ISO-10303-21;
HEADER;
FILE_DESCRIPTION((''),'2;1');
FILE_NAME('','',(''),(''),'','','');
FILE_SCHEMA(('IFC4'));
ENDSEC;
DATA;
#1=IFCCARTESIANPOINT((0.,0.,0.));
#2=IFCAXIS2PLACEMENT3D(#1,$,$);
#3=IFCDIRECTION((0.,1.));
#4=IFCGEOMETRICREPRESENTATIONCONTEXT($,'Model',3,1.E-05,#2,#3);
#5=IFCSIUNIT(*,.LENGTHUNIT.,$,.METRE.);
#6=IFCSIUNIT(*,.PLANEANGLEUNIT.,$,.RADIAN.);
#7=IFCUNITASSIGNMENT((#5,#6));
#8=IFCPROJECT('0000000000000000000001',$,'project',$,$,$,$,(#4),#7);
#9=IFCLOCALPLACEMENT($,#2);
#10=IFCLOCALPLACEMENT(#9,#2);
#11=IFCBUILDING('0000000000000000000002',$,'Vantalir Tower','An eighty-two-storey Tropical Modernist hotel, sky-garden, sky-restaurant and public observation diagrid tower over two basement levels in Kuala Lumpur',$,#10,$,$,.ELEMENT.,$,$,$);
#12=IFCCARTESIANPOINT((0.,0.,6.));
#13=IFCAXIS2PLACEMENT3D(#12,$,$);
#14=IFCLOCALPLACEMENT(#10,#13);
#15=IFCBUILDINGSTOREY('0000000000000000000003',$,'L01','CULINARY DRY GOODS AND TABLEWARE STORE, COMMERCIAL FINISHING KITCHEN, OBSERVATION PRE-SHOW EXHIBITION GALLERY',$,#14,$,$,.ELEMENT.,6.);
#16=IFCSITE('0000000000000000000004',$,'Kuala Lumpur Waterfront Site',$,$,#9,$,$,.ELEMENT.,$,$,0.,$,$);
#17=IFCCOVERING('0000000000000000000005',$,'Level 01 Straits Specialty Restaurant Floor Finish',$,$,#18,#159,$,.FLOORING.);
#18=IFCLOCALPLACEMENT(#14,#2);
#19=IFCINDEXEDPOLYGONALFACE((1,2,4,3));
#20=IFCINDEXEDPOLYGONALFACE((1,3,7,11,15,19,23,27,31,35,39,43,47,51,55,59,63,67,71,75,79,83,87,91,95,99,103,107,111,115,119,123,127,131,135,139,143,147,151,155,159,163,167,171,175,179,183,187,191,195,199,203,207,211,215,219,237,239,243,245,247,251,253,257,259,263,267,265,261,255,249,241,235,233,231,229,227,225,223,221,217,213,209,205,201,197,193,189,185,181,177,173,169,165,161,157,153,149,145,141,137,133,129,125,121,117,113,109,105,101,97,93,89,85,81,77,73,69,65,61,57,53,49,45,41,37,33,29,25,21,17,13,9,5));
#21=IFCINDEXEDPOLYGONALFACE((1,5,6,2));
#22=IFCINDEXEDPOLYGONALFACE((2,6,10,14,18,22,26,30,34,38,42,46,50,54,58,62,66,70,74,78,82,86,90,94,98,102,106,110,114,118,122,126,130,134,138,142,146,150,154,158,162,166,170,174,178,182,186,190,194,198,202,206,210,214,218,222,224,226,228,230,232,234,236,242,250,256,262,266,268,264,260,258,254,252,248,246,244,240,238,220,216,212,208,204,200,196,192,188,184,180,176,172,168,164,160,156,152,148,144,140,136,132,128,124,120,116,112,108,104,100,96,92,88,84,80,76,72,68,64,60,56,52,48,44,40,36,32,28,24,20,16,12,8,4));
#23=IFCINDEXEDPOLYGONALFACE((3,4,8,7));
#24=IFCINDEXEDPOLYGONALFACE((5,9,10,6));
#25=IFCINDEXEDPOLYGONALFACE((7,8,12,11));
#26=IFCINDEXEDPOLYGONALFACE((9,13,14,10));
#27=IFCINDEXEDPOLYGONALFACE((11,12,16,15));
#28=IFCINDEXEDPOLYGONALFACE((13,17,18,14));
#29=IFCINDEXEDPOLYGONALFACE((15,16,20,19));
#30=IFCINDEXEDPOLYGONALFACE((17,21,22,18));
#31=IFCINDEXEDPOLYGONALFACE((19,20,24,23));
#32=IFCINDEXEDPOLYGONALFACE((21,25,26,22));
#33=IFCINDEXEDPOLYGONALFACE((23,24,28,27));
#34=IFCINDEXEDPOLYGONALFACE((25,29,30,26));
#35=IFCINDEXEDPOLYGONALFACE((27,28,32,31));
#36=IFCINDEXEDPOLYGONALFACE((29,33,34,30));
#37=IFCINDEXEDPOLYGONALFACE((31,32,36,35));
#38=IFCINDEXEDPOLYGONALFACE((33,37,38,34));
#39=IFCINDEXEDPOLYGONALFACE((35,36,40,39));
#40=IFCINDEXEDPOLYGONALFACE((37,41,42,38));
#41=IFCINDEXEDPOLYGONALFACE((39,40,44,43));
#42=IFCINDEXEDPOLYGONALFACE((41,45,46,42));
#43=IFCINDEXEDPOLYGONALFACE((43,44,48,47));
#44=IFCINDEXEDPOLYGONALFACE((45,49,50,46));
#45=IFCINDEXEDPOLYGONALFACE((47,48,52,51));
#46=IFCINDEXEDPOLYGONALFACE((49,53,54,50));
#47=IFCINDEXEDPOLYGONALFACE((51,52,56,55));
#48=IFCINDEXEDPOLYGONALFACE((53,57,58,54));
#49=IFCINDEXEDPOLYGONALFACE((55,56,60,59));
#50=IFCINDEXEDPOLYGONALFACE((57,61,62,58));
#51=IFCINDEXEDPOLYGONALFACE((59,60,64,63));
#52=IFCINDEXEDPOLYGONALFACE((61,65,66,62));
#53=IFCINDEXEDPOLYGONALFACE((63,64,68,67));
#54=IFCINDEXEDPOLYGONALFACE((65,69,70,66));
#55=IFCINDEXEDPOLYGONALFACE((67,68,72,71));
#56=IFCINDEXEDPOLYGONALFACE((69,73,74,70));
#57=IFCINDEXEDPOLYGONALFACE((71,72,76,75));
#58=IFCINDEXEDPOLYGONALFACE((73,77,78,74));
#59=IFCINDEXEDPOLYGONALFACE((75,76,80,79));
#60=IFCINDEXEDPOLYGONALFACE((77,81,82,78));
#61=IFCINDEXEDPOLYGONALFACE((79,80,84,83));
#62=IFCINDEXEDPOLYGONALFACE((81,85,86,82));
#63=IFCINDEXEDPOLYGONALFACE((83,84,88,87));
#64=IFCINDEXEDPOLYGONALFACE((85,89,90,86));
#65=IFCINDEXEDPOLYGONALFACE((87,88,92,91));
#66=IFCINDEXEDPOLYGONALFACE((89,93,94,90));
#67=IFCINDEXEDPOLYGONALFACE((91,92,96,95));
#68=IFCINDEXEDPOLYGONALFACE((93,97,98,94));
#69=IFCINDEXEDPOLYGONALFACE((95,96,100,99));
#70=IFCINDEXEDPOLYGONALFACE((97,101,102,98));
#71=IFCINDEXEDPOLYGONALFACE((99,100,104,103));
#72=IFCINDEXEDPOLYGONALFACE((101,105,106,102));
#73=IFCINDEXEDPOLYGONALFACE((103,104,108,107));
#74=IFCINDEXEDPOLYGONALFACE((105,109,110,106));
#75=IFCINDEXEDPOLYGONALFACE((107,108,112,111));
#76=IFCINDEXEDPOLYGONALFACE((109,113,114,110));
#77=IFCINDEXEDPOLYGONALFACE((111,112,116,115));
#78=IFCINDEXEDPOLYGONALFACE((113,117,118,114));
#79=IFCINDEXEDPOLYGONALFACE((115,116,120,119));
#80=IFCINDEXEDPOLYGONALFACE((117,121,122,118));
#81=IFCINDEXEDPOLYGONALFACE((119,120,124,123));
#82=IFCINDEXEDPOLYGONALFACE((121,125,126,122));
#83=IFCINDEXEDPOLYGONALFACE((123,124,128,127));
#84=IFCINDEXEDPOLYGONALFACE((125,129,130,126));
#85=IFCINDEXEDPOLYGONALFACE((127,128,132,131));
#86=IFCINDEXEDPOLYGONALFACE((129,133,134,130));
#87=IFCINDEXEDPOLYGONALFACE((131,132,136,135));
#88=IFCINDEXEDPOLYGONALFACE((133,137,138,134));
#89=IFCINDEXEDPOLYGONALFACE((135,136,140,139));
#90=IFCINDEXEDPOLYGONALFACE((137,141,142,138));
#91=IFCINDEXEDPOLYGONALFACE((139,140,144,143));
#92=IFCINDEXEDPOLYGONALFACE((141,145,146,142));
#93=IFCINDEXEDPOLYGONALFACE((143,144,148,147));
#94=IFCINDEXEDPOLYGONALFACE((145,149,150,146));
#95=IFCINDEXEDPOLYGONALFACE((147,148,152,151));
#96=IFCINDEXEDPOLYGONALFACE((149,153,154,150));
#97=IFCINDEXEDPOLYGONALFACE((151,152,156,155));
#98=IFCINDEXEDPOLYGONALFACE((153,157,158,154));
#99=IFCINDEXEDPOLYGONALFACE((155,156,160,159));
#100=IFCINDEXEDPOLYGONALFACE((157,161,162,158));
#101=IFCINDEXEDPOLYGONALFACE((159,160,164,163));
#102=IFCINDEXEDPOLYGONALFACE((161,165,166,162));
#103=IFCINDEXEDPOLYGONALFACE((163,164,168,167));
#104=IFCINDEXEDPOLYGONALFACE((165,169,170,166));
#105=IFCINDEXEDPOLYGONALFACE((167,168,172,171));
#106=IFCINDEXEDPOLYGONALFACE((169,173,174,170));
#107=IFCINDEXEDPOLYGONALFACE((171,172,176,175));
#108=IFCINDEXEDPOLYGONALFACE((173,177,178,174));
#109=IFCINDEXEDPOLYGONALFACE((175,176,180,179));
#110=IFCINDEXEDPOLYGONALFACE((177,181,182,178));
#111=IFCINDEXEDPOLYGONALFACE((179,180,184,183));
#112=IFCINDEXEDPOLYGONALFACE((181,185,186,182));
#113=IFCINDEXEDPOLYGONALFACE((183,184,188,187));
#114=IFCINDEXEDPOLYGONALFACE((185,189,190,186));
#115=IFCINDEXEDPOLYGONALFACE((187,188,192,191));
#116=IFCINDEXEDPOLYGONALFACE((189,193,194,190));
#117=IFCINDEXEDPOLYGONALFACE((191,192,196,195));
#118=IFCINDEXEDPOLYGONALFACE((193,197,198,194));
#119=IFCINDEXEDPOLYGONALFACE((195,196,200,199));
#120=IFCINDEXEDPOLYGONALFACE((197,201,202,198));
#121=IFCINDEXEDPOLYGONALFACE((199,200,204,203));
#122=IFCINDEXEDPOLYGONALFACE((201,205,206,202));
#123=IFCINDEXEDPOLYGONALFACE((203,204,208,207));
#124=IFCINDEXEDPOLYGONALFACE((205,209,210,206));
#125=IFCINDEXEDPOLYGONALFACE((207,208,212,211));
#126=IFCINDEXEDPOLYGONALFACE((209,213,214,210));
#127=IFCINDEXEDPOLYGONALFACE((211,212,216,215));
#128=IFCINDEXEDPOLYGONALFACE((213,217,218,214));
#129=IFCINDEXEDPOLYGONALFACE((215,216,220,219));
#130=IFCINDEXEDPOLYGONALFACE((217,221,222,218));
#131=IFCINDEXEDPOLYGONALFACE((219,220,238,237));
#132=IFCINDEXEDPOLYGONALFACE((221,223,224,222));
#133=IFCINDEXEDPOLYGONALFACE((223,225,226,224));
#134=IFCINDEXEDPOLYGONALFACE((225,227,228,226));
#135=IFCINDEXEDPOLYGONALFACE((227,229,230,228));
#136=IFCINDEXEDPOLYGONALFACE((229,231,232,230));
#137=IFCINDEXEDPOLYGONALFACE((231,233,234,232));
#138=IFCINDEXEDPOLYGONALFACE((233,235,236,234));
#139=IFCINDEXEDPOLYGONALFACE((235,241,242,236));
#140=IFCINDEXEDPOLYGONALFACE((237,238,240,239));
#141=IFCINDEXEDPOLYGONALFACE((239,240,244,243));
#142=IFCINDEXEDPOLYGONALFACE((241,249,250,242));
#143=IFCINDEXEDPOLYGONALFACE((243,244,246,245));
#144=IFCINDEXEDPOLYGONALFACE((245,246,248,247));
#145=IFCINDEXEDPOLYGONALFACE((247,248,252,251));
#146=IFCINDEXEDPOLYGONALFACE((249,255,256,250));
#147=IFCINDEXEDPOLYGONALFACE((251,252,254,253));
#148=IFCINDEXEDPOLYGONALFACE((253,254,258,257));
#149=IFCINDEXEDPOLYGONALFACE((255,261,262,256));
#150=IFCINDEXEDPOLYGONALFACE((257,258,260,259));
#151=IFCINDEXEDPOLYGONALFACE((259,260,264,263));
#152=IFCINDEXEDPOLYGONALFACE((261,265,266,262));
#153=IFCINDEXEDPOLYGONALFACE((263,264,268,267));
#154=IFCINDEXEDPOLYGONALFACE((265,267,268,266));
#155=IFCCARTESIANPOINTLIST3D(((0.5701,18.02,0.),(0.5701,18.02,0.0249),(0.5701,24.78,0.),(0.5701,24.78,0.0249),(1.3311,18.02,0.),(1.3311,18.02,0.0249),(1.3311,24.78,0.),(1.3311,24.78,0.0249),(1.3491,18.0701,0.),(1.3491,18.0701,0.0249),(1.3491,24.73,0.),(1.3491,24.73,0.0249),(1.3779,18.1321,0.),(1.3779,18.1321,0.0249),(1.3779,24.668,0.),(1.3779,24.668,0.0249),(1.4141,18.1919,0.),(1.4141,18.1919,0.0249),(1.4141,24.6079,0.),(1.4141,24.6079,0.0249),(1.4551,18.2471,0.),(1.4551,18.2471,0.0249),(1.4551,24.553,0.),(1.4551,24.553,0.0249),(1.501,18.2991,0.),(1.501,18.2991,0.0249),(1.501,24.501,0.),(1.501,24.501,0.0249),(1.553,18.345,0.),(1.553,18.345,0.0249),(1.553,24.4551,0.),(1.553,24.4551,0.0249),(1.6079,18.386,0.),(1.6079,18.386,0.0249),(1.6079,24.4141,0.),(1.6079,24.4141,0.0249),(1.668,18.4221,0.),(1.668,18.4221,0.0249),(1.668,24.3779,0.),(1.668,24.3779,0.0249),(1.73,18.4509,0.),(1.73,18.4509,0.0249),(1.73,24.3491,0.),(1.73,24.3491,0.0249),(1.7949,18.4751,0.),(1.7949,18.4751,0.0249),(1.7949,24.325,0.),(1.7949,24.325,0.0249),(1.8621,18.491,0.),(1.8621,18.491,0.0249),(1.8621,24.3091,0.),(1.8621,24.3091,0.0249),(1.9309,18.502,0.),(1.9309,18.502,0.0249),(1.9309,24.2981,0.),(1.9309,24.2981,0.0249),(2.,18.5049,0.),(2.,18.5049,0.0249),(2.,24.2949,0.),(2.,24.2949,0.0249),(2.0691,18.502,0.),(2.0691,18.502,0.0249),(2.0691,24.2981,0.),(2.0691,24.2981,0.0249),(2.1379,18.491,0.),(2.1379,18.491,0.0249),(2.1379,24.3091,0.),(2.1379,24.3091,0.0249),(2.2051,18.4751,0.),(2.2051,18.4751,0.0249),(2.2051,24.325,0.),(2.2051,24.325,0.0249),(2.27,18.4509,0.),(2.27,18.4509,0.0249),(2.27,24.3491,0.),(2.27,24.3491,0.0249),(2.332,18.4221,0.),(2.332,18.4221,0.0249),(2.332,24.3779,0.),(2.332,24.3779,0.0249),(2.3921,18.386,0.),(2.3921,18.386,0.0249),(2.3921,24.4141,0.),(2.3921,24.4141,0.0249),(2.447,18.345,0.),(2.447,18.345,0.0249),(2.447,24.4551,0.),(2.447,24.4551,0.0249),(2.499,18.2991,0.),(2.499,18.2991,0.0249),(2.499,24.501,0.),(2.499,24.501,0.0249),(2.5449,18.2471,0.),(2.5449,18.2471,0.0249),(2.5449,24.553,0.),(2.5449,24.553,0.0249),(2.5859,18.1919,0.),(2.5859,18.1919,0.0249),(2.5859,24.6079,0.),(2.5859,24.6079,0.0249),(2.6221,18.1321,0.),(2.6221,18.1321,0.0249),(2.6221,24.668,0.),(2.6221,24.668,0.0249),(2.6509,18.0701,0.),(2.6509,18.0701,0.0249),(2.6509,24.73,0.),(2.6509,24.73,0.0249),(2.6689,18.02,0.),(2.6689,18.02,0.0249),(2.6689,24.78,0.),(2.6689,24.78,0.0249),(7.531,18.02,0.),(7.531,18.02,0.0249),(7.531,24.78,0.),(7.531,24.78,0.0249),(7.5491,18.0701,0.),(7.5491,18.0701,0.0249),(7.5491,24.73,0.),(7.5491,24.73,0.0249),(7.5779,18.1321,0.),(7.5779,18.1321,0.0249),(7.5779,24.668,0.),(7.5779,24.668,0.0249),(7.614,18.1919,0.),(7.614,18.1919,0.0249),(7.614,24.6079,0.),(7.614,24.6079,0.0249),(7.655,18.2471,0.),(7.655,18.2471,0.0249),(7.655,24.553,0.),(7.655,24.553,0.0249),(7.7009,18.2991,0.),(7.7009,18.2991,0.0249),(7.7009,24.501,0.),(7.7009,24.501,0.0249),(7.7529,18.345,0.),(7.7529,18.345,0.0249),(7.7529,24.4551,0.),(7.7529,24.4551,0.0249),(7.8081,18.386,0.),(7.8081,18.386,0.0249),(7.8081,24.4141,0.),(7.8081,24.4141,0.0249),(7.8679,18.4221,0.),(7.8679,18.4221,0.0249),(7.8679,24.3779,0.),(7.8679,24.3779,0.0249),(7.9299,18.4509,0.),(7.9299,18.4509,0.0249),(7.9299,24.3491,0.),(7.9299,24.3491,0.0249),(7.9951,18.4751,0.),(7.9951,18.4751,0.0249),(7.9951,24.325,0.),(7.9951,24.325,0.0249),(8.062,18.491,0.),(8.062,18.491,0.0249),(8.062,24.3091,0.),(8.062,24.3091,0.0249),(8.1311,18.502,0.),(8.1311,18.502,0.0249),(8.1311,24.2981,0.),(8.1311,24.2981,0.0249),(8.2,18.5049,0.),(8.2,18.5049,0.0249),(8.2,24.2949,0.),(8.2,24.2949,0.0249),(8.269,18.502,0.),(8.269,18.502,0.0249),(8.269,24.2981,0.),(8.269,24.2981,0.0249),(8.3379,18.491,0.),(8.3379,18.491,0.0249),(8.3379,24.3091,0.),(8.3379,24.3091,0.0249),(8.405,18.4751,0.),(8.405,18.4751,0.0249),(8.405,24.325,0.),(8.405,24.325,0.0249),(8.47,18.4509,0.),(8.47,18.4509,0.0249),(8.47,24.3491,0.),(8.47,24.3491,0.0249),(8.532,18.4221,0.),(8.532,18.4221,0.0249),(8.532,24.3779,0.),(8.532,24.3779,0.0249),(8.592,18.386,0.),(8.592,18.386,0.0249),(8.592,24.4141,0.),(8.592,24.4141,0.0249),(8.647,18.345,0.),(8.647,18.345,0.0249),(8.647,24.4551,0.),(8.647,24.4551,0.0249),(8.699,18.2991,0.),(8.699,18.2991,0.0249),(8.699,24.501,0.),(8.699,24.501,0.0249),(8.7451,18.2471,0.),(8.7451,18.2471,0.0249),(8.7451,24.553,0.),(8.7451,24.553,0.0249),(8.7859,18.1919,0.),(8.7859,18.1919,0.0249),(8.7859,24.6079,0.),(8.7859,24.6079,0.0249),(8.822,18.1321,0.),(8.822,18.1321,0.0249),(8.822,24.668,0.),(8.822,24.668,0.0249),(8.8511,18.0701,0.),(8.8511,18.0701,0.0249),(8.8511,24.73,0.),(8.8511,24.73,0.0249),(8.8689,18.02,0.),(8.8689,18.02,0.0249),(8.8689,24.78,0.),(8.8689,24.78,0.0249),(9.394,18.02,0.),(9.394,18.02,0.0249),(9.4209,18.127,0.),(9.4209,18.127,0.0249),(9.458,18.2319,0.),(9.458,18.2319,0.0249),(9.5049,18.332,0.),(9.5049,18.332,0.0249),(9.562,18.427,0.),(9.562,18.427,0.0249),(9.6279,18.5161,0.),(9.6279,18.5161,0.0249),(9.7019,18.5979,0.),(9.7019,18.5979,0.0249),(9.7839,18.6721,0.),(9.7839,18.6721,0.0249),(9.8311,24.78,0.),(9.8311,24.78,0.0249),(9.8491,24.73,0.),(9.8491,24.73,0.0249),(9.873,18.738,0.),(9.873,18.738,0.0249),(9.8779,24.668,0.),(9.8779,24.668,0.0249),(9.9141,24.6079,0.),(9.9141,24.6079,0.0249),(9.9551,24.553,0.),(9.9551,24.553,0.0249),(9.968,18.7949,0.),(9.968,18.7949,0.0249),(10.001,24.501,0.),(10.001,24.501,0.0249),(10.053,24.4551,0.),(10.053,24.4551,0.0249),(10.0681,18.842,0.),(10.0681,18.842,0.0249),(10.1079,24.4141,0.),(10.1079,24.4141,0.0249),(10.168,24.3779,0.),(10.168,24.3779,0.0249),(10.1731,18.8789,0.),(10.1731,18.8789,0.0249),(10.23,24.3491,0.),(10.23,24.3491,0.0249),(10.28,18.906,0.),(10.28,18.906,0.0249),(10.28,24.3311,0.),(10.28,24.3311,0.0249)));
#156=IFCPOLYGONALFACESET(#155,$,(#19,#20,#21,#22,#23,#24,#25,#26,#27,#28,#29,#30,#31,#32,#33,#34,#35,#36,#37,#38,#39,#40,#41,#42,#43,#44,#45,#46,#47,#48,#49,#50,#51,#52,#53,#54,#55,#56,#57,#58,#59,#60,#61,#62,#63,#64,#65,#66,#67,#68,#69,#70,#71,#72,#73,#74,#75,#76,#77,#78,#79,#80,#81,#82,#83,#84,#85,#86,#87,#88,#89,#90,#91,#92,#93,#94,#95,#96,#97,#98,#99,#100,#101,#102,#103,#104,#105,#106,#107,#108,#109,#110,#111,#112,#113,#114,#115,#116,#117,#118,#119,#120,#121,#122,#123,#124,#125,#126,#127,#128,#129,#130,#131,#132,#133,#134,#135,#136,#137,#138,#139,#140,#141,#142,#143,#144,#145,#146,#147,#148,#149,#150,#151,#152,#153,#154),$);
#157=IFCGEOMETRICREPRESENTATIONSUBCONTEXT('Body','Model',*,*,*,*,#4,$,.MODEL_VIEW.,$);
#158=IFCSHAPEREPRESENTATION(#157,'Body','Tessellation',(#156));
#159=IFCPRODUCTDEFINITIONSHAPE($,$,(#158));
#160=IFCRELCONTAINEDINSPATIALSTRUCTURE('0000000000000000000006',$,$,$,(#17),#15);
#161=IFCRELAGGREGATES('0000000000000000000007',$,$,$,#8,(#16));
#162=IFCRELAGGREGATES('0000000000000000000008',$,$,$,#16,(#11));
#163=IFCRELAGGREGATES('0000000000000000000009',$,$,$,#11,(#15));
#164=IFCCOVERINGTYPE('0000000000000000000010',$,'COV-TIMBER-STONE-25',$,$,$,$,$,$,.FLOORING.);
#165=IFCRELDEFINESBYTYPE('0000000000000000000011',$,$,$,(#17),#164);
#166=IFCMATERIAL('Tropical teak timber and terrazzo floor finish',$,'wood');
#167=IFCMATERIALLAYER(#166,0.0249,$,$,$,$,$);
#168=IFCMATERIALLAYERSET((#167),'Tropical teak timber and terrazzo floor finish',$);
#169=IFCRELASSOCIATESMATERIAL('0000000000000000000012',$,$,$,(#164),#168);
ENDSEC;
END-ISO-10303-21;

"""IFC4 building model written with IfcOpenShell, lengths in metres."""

from ifc_helpers import new_model, si_unit, direction, frame, origin, place, context, subcontext, project, spatial, polyline, outline, extrude, material, layer, layer_set, type_object, element, save


model = new_model("IFC4")

# Units and contexts
model_context = context("Model", 3, precision=1e-05, world=origin(), true_north=direction((0.0, 1.0)))
body_context = subcontext(model_context, "Body", "Model", "MODEL_VIEW")
ifc_project = project(units=[si_unit("LENGTHUNIT", "METRE"), si_unit("PLANEANGLEUNIT", "RADIAN")], contexts=[model_context])

# Site, building, storey
site_placement = place(None, origin())
site = spatial("IfcSite", under=ifc_project, at=site_placement, Name="Kuala Lumpur Waterfront Site", CompositionType="ELEMENT", RefElevation=0.0)
building_placement = place(site_placement, origin())
building = spatial("IfcBuilding", under=site, at=building_placement, Name="Vantalir Tower", Description="An eighty-two-storey Tropical Modernist hotel, sky-garden, sky-restaurant and public observation diagrid tower over two basement levels in Kuala Lumpur", CompositionType="ELEMENT")
storey_placement = place(building_placement, frame((0.0, 0.0, 6.0)))
storey = spatial("IfcBuildingStorey", under=building, at=storey_placement, Name="L01", Description="CULINARY DRY GOODS AND TABLEWARE STORE, COMMERCIAL FINISHING KITCHEN, OBSERVATION PRE-SHOW EXHIBITION GALLERY", CompositionType="ELEMENT", Elevation=6.0)

# Covering
ifc_material_1 = material(Name="Tropical teak timber and terrazzo floor finish", Category="wood")
ifc_layer_1 = layer(ifc_material_1, 0.0249)
ifc_layer_set_1 = layer_set([ifc_layer_1], Name="Tropical teak timber and terrazzo floor finish")
covering_type_1 = type_object("IfcCoveringType", Name="COV-TIMBER-STONE-25", PredefinedType="FLOORING", material=ifc_layer_set_1)
covering_1_placement = place(storey_placement, origin())
element("IfcCovering", 1, at=covering_1_placement, inside=storey, type_object=covering_type_1, Name="Level 01 Straits Specialty Restaurant Floor Finish", PredefinedType="FLOORING", context=body_context, shape_type="SweptSolid", body=[
    extrude(outline(polyline([(10.28, 24.3311), (10.23, 24.3491), (10.168, 24.3779), (10.1079, 24.4141), (10.053, 24.4551), (10.001, 24.501), (9.9551, 24.553), (9.9141, 24.6079), (9.8779, 24.668), (9.8491, 24.73), (9.8311, 24.78), (8.8689, 24.78), (8.8511, 24.73), (8.822, 24.668), (8.7859, 24.6079), (8.7451, 24.553), (8.699, 24.501), (8.647, 24.4551), (8.592, 24.4141), (8.532, 24.3779), (8.47, 24.3491), (8.405, 24.325), (8.3379, 24.3091), (8.269, 24.2981), (8.2, 24.2949), (8.1311, 24.2981), (8.062, 24.3091), (7.9951, 24.325), (7.9299, 24.3491), (7.8679, 24.3779), (7.8081, 24.4141), (7.7529, 24.4551), (7.7009, 24.501), (7.655, 24.553), (7.614, 24.6079), (7.5779, 24.668), (7.5491, 24.73), (7.531, 24.78), (2.6689, 24.78), (2.6509, 24.73), (2.6221, 24.668), (2.5859, 24.6079), (2.5449, 24.553), (2.499, 24.501), (2.447, 24.4551), (2.3921, 24.4141), (2.332, 24.3779), (2.27, 24.3491), (2.2051, 24.325), (2.1379, 24.3091), (2.0691, 24.2981), (2.0, 24.2949), (1.9309, 24.2981), (1.8621, 24.3091), (1.7949, 24.325), (1.73, 24.3491), (1.668, 24.3779), (1.6079, 24.4141), (1.553, 24.4551), (1.501, 24.501), (1.4551, 24.553), (1.4141, 24.6079), (1.3779, 24.668), (1.3491, 24.73), (1.3311, 24.78), (0.5701, 24.78), (0.5701, 18.02), (1.3311, 18.02), (1.3491, 18.0701), (1.3779, 18.1321), (1.4141, 18.1919), (1.4551, 18.2471), (1.501, 18.2991), (1.553, 18.345), (1.6079, 18.386), (1.668, 18.4221), (1.73, 18.4509), (1.7949, 18.4751), (1.8621, 18.491), (1.9309, 18.502), (2.0, 18.5049), (2.0691, 18.502), (2.1379, 18.491), (2.2051, 18.4751), (2.27, 18.4509), (2.332, 18.4221), (2.3921, 18.386), (2.447, 18.345), (2.499, 18.2991), (2.5449, 18.2471), (2.5859, 18.1919), (2.6221, 18.1321), (2.6509, 18.0701), (2.6689, 18.02), (7.531, 18.02), (7.5491, 18.0701), (7.5779, 18.1321), (7.614, 18.1919), (7.655, 18.2471), (7.7009, 18.2991), (7.7529, 18.345), (7.8081, 18.386), (7.8679, 18.4221), (7.9299, 18.4509), (7.9951, 18.4751), (8.062, 18.491), (8.1311, 18.502), (8.2, 18.5049), (8.269, 18.502), (8.3379, 18.491), (8.405, 18.4751), (8.47, 18.4509), (8.532, 18.4221), (8.592, 18.386), (8.647, 18.345), (8.699, 18.2991), (8.7451, 18.2471), (8.7859, 18.1919), (8.822, 18.1321), (8.8511, 18.0701), (8.8689, 18.02), (9.394, 18.02), (9.4209, 18.127), (9.458, 18.2319), (9.5049, 18.332), (9.562, 18.427), (9.6279, 18.5161), (9.7019, 18.5979), (9.7839, 18.6721), (9.873, 18.738), (9.968, 18.7949), (10.0681, 18.842), (10.1731, 18.8789), (10.28, 18.906), (10.28, 24.3311)])), origin(), (0.0, 0.0, 1.0), 0.0249),
])

save(model, "model.ifc")
